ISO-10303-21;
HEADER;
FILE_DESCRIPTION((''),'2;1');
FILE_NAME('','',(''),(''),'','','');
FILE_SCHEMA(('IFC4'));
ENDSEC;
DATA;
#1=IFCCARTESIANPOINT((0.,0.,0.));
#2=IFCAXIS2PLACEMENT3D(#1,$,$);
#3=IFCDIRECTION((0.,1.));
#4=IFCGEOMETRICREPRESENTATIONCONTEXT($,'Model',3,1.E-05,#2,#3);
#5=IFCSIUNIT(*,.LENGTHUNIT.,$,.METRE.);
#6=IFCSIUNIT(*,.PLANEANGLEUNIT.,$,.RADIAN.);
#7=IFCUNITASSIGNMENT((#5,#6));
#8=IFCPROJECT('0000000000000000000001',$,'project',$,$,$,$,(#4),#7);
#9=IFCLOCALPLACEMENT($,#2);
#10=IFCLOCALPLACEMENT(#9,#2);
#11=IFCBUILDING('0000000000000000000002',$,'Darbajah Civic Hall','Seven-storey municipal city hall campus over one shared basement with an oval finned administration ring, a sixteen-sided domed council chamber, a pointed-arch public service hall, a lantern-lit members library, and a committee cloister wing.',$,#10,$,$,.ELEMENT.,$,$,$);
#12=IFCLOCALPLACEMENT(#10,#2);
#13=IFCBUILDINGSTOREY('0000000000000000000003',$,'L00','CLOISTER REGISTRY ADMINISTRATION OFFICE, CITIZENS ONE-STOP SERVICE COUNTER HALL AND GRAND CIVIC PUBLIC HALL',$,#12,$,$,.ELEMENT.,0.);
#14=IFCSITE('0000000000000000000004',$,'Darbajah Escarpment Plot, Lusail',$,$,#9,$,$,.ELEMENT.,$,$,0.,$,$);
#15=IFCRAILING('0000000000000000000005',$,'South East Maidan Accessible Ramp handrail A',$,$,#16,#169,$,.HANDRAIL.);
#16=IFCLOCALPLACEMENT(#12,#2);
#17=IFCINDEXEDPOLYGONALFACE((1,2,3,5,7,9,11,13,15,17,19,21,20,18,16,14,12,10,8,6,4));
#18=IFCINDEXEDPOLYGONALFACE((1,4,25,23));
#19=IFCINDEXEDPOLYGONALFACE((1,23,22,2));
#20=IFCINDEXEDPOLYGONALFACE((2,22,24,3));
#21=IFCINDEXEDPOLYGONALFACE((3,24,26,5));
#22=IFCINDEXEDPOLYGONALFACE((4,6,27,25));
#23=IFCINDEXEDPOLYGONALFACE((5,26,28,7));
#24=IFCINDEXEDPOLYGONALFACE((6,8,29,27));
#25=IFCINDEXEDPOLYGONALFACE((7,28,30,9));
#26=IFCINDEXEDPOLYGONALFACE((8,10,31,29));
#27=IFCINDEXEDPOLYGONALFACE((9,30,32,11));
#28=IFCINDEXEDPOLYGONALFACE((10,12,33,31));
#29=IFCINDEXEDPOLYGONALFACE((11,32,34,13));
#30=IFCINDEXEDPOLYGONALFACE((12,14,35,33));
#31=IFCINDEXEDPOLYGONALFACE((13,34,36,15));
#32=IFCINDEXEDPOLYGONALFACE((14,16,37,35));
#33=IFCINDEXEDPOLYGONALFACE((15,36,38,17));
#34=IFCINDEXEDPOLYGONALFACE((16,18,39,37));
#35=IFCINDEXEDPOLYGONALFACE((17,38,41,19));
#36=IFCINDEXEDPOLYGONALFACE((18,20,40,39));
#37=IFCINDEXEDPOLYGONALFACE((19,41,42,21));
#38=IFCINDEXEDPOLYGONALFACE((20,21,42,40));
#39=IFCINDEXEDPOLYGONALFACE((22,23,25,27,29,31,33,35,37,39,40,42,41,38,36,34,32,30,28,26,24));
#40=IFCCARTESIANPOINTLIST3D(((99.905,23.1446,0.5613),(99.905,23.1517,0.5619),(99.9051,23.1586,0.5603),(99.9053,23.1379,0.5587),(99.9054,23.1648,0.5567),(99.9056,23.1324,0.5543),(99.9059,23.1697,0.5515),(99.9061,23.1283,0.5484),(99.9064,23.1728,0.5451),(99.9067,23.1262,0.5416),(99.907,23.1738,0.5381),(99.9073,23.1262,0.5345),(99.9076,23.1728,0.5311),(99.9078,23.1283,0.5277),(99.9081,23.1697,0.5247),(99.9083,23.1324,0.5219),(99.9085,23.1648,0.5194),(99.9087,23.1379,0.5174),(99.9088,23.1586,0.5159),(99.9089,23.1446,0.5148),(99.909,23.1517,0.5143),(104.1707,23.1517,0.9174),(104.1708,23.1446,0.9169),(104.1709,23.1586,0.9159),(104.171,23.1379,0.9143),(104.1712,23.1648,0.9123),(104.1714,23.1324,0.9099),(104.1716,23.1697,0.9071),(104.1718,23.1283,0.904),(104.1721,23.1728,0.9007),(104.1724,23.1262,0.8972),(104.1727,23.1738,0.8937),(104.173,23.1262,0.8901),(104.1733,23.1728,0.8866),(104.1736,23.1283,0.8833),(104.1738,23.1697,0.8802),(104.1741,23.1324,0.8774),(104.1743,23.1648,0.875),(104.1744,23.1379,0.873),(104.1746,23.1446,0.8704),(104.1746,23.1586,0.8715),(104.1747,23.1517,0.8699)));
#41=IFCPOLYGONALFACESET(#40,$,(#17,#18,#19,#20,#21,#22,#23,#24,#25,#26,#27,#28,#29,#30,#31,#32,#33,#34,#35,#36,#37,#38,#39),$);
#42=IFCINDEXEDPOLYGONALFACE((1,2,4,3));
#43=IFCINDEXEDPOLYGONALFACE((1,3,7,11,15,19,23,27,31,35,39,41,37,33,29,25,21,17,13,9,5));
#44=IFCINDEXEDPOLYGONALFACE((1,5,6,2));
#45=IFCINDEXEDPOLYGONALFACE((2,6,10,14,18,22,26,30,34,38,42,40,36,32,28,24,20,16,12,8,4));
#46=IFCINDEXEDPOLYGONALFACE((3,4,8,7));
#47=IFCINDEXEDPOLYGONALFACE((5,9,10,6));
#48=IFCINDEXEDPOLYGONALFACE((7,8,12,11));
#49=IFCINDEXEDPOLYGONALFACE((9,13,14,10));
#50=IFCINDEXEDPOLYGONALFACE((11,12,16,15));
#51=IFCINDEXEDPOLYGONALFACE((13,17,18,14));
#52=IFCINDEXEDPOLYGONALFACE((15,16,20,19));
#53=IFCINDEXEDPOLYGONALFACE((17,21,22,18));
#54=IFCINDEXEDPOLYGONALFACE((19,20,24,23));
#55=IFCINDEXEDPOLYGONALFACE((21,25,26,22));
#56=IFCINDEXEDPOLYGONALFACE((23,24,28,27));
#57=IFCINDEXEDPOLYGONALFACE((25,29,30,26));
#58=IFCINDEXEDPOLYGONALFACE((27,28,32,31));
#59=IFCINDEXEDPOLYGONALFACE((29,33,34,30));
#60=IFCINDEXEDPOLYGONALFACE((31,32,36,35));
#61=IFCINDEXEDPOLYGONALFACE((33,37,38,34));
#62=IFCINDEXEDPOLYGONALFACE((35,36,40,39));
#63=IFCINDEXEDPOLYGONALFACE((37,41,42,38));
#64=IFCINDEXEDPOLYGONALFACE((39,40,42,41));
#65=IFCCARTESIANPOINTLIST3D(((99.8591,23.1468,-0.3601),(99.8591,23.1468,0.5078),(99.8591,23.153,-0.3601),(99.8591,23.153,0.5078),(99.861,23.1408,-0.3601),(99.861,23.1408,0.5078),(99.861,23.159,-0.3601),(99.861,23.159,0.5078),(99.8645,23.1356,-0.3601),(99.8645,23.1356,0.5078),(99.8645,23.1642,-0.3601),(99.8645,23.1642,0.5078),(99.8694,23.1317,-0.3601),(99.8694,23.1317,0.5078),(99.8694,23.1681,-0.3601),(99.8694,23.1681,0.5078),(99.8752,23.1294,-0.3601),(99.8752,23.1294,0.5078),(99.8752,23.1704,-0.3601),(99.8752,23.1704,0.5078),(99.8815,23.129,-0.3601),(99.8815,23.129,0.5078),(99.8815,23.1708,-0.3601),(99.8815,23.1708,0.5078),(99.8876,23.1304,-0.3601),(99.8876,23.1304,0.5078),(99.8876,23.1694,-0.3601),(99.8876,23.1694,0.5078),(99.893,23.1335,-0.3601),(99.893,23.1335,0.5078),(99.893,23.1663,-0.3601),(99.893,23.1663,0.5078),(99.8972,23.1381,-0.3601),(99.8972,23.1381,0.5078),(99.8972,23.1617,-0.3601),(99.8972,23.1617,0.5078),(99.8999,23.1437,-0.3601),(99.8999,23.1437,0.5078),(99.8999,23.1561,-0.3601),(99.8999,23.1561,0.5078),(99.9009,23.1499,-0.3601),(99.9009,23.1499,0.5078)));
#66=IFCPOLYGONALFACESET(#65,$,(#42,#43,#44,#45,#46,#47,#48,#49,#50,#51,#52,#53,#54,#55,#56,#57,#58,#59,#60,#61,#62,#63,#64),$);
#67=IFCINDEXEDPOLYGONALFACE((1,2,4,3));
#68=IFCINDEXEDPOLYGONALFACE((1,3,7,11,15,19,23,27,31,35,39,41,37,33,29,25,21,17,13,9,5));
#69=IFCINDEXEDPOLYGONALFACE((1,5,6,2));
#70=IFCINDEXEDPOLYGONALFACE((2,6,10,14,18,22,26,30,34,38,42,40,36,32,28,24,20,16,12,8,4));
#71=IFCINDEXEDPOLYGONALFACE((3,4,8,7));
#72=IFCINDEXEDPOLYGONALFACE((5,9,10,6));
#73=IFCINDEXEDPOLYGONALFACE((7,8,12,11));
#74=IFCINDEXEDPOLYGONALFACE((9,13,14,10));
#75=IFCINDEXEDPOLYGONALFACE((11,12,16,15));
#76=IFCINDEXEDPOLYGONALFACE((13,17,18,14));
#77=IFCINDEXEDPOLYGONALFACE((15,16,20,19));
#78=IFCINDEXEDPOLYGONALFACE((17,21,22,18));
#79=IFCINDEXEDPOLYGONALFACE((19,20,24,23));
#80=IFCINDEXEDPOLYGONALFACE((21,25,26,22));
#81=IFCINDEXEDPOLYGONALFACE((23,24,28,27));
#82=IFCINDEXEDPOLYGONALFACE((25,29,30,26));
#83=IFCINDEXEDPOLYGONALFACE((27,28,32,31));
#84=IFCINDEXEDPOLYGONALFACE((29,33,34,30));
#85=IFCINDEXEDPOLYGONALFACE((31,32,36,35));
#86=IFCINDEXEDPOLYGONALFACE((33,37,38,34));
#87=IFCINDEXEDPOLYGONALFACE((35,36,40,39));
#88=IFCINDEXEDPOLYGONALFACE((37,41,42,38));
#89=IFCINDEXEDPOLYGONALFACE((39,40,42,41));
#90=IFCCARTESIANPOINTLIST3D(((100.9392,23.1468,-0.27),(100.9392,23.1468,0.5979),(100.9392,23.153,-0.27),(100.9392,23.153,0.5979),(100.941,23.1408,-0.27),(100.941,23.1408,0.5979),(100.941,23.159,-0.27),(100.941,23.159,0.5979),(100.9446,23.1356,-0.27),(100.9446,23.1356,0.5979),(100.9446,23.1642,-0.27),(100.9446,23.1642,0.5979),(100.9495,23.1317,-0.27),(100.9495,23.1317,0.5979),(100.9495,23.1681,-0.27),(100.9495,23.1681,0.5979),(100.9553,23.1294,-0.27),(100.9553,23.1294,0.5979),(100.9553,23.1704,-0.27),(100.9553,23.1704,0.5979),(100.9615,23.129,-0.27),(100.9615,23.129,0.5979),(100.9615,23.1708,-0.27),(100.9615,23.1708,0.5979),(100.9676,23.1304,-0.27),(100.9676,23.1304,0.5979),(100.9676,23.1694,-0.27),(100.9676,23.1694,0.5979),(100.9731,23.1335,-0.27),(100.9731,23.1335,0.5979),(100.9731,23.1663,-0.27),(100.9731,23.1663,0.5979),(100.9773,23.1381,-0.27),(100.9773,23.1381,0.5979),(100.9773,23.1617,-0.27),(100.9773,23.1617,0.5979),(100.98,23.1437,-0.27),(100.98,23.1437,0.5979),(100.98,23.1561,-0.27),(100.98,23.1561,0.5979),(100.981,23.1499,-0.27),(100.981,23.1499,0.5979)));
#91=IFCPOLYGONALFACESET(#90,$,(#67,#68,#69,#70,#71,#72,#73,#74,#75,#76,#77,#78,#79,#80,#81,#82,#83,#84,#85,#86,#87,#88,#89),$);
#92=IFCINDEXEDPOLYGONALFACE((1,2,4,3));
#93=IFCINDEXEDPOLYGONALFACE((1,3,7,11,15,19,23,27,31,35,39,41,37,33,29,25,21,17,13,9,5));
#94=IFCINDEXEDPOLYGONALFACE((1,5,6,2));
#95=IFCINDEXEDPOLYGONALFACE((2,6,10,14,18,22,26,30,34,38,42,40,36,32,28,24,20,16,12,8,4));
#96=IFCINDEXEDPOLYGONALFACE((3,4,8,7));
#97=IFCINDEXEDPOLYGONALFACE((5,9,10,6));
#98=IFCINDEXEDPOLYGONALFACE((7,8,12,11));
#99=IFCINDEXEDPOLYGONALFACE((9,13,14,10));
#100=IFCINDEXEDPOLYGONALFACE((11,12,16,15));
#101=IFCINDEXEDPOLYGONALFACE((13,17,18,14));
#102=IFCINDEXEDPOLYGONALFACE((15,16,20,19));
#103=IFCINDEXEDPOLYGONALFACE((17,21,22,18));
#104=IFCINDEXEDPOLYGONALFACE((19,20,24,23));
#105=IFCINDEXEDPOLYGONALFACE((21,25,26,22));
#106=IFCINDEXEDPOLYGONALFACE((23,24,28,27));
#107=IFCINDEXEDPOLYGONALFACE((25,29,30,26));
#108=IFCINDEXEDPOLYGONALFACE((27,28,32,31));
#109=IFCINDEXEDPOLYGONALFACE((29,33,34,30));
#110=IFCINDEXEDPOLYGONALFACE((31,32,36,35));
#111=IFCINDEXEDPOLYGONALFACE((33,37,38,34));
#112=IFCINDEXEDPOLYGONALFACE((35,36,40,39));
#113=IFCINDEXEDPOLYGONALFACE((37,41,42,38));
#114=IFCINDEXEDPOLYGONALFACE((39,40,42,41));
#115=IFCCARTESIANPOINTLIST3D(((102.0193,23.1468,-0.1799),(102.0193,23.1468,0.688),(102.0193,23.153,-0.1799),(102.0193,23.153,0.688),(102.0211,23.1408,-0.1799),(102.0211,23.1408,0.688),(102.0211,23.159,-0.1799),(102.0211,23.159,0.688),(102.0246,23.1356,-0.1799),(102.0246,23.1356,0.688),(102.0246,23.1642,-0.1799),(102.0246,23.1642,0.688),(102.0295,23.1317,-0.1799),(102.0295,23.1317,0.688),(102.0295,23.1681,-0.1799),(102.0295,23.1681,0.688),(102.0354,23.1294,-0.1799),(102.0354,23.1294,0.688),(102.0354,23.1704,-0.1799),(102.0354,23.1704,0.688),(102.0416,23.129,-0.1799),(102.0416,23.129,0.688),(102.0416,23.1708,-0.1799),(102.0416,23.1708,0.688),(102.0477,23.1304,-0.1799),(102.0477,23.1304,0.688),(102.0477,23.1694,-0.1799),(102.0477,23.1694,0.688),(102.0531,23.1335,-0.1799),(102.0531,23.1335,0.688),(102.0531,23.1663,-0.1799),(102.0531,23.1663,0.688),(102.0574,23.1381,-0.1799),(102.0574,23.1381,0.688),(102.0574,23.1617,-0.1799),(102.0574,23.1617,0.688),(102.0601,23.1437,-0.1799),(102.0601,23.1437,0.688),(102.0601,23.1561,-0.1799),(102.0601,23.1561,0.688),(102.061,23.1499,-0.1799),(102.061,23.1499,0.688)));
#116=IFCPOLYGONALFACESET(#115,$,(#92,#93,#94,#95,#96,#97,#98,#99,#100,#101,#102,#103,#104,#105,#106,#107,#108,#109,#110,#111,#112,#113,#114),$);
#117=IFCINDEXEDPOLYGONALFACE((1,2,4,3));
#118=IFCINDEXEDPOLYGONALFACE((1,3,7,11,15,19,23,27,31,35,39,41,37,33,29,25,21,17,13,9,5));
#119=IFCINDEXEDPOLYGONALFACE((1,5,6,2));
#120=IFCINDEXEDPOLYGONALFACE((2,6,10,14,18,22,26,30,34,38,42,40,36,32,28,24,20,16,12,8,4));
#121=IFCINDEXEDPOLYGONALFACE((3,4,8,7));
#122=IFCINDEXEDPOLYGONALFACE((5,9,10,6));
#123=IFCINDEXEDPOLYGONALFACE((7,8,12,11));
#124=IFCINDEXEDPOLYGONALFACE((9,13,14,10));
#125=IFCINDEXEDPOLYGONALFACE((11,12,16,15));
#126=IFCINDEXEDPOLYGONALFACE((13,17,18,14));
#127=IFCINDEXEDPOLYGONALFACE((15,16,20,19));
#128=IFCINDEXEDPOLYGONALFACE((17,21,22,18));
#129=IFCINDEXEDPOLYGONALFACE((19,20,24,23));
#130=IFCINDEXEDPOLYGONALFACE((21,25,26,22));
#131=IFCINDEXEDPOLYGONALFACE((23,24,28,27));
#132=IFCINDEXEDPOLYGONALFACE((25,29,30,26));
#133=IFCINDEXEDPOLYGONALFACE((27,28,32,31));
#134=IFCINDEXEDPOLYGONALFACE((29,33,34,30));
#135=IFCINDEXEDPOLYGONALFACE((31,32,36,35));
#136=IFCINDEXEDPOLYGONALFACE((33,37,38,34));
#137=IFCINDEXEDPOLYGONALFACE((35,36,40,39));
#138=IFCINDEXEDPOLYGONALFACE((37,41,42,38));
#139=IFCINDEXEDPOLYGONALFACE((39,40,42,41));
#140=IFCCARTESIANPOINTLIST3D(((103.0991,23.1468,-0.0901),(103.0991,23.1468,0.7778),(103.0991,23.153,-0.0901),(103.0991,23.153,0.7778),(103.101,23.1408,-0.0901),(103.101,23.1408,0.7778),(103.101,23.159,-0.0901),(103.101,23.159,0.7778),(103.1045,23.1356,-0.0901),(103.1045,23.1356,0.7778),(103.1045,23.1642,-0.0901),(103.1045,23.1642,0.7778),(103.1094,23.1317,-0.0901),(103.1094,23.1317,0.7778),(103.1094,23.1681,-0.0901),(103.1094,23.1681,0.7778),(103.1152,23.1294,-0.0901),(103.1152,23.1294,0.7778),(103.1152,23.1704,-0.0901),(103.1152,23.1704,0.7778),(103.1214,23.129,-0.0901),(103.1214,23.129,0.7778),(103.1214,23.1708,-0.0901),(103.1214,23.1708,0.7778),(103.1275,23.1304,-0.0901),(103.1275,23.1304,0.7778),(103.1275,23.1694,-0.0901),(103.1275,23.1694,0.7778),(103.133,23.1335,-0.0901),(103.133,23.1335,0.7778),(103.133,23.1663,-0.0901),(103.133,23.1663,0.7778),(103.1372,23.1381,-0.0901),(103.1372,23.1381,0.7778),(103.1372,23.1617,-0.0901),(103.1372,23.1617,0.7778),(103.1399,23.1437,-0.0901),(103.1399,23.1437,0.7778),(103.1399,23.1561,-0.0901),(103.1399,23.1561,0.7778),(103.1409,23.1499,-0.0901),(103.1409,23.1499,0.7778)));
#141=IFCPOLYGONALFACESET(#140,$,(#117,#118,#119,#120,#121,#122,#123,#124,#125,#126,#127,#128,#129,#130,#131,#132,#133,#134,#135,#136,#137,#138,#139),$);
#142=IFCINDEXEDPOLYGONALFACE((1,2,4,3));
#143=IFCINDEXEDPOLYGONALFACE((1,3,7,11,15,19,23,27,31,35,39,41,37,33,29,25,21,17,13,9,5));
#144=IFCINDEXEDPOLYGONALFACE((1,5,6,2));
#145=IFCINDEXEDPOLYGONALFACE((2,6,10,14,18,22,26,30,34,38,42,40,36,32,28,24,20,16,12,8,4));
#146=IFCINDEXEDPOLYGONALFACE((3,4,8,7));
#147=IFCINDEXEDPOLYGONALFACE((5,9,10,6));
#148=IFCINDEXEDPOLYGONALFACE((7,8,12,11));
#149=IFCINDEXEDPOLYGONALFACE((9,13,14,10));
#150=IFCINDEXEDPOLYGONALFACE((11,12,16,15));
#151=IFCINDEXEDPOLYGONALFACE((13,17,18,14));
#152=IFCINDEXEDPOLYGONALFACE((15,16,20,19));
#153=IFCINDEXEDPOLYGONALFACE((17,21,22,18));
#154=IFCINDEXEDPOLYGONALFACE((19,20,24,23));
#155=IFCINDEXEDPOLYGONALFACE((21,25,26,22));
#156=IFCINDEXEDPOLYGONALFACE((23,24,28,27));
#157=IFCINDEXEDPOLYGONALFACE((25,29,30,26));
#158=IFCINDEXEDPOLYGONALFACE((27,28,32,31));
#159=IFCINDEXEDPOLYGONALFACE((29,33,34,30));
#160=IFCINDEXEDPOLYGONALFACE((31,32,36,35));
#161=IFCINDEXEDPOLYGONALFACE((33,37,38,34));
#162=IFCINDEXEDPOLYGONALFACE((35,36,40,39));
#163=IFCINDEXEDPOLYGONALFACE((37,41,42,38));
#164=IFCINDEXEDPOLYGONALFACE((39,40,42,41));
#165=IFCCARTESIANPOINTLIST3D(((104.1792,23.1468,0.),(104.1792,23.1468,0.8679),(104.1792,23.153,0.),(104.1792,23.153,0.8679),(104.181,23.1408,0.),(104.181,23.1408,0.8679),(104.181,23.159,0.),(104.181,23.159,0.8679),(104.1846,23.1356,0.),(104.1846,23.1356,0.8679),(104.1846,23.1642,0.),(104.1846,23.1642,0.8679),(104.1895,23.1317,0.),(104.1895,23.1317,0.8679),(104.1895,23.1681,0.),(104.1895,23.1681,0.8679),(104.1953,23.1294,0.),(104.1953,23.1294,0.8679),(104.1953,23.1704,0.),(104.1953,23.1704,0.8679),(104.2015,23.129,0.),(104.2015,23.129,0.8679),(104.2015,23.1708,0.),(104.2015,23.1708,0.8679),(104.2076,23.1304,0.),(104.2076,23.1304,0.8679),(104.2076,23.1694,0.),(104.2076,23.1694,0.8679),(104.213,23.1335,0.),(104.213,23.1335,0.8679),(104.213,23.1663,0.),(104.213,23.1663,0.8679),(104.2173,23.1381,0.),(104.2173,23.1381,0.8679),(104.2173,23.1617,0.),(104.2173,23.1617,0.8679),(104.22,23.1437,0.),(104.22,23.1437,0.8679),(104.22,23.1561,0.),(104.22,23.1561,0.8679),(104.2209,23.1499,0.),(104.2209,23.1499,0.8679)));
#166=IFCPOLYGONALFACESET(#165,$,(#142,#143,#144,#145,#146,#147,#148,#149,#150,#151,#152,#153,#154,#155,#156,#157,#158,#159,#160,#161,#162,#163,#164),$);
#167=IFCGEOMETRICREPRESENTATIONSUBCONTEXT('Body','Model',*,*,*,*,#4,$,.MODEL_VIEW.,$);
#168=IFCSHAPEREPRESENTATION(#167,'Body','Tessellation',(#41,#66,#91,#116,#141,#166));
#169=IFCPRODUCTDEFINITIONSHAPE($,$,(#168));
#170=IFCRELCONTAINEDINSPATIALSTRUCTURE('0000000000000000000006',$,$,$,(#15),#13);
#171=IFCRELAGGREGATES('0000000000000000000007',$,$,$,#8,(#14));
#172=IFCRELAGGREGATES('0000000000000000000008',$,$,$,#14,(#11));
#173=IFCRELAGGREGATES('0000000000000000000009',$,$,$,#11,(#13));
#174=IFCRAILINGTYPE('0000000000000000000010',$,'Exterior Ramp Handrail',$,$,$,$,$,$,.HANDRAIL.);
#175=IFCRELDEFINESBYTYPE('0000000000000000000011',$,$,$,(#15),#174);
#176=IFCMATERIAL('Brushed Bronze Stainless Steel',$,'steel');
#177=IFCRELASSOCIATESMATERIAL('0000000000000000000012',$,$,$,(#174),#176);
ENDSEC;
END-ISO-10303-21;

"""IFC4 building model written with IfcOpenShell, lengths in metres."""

from ifc_helpers import new_model, si_unit, direction, frame, origin, origin_2d, place, context, subcontext, project, spatial, circle, extrude, material, type_object, element, save


model = new_model("IFC4")

# Units and contexts
model_context = context("Model", 3, precision=1e-05, world=origin(), true_north=direction((0.0, 1.0)))
body_context = subcontext(model_context, "Body", "Model", "MODEL_VIEW")
ifc_project = project(units=[si_unit("LENGTHUNIT", "METRE"), si_unit("PLANEANGLEUNIT", "RADIAN")], contexts=[model_context])

# Site, building, storey
site_placement = place(None, origin())
site = spatial("IfcSite", under=ifc_project, at=site_placement, Name="Darbajah Escarpment Plot, Lusail", CompositionType="ELEMENT", RefElevation=0.0)
building_placement = place(site_placement, origin())
building = spatial("IfcBuilding", under=site, at=building_placement, Name="Darbajah Civic Hall", Description="Seven-storey municipal city hall campus over one shared basement with an oval finned administration ring, a sixteen-sided domed council chamber, a pointed-arch public service hall, a lantern-lit members library, and a committee cloister wing.", CompositionType="ELEMENT")
storey_placement = place(building_placement, origin())
storey = spatial("IfcBuildingStorey", under=building, at=storey_placement, Name="L00", Description="CLOISTER REGISTRY ADMINISTRATION OFFICE, CITIZENS ONE-STOP SERVICE COUNTER HALL AND GRAND CIVIC PUBLIC HALL", CompositionType="ELEMENT", Elevation=0.0)

# Railing
ifc_material_1 = material(Name="Brushed Bronze Stainless Steel", Category="steel")
railing_type = type_object("IfcRailingType", Name="Exterior Ramp Handrail", PredefinedType="HANDRAIL", material=ifc_material_1)
for number, where, name in (
    (1, (99.8799, 23.1499, -0.3601), "South East Maidan Accessible Ramp handrail A"),
):
    element("IfcRailing", number, at=place(storey_placement, frame(where)), inside=storey, type_object=railing_type, Name=name, PredefinedType="HANDRAIL", context=body_context, shape_type="SweptSolid", body=[
        extrude(circle(Radius=0.0239, at=origin_2d()), frame((0.0271, 0.0, 0.8982), z_axis=(0.996544, 0.0, 0.083069), x_axis=(0.0, 1.0, 0.0)), (0.0, 0.0, 1.0), 4.2805),
        extrude(circle(Radius=0.021, at=origin_2d()), origin(), (0.0, 0.0, 1.0), 0.8679),
        extrude(circle(Radius=0.021, at=origin_2d()), frame((1.0801, 0.0, 0.0901)), (0.0, 0.0, 1.0), 0.8679),
        extrude(circle(Radius=0.021, at=origin_2d()), frame((2.1602, 0.0, 0.1802)), (0.0, 0.0, 1.0), 0.8679),
        extrude(circle(Radius=0.021, at=origin_2d()), frame((3.24, 0.0, 0.27)), (0.0, 0.0, 1.0), 0.8679),
        extrude(circle(Radius=0.021, at=origin_2d()), frame((4.3201, 0.0, 0.3601)), (0.0, 0.0, 1.0), 0.8679),
    ])

save(model, "model.ifc")
